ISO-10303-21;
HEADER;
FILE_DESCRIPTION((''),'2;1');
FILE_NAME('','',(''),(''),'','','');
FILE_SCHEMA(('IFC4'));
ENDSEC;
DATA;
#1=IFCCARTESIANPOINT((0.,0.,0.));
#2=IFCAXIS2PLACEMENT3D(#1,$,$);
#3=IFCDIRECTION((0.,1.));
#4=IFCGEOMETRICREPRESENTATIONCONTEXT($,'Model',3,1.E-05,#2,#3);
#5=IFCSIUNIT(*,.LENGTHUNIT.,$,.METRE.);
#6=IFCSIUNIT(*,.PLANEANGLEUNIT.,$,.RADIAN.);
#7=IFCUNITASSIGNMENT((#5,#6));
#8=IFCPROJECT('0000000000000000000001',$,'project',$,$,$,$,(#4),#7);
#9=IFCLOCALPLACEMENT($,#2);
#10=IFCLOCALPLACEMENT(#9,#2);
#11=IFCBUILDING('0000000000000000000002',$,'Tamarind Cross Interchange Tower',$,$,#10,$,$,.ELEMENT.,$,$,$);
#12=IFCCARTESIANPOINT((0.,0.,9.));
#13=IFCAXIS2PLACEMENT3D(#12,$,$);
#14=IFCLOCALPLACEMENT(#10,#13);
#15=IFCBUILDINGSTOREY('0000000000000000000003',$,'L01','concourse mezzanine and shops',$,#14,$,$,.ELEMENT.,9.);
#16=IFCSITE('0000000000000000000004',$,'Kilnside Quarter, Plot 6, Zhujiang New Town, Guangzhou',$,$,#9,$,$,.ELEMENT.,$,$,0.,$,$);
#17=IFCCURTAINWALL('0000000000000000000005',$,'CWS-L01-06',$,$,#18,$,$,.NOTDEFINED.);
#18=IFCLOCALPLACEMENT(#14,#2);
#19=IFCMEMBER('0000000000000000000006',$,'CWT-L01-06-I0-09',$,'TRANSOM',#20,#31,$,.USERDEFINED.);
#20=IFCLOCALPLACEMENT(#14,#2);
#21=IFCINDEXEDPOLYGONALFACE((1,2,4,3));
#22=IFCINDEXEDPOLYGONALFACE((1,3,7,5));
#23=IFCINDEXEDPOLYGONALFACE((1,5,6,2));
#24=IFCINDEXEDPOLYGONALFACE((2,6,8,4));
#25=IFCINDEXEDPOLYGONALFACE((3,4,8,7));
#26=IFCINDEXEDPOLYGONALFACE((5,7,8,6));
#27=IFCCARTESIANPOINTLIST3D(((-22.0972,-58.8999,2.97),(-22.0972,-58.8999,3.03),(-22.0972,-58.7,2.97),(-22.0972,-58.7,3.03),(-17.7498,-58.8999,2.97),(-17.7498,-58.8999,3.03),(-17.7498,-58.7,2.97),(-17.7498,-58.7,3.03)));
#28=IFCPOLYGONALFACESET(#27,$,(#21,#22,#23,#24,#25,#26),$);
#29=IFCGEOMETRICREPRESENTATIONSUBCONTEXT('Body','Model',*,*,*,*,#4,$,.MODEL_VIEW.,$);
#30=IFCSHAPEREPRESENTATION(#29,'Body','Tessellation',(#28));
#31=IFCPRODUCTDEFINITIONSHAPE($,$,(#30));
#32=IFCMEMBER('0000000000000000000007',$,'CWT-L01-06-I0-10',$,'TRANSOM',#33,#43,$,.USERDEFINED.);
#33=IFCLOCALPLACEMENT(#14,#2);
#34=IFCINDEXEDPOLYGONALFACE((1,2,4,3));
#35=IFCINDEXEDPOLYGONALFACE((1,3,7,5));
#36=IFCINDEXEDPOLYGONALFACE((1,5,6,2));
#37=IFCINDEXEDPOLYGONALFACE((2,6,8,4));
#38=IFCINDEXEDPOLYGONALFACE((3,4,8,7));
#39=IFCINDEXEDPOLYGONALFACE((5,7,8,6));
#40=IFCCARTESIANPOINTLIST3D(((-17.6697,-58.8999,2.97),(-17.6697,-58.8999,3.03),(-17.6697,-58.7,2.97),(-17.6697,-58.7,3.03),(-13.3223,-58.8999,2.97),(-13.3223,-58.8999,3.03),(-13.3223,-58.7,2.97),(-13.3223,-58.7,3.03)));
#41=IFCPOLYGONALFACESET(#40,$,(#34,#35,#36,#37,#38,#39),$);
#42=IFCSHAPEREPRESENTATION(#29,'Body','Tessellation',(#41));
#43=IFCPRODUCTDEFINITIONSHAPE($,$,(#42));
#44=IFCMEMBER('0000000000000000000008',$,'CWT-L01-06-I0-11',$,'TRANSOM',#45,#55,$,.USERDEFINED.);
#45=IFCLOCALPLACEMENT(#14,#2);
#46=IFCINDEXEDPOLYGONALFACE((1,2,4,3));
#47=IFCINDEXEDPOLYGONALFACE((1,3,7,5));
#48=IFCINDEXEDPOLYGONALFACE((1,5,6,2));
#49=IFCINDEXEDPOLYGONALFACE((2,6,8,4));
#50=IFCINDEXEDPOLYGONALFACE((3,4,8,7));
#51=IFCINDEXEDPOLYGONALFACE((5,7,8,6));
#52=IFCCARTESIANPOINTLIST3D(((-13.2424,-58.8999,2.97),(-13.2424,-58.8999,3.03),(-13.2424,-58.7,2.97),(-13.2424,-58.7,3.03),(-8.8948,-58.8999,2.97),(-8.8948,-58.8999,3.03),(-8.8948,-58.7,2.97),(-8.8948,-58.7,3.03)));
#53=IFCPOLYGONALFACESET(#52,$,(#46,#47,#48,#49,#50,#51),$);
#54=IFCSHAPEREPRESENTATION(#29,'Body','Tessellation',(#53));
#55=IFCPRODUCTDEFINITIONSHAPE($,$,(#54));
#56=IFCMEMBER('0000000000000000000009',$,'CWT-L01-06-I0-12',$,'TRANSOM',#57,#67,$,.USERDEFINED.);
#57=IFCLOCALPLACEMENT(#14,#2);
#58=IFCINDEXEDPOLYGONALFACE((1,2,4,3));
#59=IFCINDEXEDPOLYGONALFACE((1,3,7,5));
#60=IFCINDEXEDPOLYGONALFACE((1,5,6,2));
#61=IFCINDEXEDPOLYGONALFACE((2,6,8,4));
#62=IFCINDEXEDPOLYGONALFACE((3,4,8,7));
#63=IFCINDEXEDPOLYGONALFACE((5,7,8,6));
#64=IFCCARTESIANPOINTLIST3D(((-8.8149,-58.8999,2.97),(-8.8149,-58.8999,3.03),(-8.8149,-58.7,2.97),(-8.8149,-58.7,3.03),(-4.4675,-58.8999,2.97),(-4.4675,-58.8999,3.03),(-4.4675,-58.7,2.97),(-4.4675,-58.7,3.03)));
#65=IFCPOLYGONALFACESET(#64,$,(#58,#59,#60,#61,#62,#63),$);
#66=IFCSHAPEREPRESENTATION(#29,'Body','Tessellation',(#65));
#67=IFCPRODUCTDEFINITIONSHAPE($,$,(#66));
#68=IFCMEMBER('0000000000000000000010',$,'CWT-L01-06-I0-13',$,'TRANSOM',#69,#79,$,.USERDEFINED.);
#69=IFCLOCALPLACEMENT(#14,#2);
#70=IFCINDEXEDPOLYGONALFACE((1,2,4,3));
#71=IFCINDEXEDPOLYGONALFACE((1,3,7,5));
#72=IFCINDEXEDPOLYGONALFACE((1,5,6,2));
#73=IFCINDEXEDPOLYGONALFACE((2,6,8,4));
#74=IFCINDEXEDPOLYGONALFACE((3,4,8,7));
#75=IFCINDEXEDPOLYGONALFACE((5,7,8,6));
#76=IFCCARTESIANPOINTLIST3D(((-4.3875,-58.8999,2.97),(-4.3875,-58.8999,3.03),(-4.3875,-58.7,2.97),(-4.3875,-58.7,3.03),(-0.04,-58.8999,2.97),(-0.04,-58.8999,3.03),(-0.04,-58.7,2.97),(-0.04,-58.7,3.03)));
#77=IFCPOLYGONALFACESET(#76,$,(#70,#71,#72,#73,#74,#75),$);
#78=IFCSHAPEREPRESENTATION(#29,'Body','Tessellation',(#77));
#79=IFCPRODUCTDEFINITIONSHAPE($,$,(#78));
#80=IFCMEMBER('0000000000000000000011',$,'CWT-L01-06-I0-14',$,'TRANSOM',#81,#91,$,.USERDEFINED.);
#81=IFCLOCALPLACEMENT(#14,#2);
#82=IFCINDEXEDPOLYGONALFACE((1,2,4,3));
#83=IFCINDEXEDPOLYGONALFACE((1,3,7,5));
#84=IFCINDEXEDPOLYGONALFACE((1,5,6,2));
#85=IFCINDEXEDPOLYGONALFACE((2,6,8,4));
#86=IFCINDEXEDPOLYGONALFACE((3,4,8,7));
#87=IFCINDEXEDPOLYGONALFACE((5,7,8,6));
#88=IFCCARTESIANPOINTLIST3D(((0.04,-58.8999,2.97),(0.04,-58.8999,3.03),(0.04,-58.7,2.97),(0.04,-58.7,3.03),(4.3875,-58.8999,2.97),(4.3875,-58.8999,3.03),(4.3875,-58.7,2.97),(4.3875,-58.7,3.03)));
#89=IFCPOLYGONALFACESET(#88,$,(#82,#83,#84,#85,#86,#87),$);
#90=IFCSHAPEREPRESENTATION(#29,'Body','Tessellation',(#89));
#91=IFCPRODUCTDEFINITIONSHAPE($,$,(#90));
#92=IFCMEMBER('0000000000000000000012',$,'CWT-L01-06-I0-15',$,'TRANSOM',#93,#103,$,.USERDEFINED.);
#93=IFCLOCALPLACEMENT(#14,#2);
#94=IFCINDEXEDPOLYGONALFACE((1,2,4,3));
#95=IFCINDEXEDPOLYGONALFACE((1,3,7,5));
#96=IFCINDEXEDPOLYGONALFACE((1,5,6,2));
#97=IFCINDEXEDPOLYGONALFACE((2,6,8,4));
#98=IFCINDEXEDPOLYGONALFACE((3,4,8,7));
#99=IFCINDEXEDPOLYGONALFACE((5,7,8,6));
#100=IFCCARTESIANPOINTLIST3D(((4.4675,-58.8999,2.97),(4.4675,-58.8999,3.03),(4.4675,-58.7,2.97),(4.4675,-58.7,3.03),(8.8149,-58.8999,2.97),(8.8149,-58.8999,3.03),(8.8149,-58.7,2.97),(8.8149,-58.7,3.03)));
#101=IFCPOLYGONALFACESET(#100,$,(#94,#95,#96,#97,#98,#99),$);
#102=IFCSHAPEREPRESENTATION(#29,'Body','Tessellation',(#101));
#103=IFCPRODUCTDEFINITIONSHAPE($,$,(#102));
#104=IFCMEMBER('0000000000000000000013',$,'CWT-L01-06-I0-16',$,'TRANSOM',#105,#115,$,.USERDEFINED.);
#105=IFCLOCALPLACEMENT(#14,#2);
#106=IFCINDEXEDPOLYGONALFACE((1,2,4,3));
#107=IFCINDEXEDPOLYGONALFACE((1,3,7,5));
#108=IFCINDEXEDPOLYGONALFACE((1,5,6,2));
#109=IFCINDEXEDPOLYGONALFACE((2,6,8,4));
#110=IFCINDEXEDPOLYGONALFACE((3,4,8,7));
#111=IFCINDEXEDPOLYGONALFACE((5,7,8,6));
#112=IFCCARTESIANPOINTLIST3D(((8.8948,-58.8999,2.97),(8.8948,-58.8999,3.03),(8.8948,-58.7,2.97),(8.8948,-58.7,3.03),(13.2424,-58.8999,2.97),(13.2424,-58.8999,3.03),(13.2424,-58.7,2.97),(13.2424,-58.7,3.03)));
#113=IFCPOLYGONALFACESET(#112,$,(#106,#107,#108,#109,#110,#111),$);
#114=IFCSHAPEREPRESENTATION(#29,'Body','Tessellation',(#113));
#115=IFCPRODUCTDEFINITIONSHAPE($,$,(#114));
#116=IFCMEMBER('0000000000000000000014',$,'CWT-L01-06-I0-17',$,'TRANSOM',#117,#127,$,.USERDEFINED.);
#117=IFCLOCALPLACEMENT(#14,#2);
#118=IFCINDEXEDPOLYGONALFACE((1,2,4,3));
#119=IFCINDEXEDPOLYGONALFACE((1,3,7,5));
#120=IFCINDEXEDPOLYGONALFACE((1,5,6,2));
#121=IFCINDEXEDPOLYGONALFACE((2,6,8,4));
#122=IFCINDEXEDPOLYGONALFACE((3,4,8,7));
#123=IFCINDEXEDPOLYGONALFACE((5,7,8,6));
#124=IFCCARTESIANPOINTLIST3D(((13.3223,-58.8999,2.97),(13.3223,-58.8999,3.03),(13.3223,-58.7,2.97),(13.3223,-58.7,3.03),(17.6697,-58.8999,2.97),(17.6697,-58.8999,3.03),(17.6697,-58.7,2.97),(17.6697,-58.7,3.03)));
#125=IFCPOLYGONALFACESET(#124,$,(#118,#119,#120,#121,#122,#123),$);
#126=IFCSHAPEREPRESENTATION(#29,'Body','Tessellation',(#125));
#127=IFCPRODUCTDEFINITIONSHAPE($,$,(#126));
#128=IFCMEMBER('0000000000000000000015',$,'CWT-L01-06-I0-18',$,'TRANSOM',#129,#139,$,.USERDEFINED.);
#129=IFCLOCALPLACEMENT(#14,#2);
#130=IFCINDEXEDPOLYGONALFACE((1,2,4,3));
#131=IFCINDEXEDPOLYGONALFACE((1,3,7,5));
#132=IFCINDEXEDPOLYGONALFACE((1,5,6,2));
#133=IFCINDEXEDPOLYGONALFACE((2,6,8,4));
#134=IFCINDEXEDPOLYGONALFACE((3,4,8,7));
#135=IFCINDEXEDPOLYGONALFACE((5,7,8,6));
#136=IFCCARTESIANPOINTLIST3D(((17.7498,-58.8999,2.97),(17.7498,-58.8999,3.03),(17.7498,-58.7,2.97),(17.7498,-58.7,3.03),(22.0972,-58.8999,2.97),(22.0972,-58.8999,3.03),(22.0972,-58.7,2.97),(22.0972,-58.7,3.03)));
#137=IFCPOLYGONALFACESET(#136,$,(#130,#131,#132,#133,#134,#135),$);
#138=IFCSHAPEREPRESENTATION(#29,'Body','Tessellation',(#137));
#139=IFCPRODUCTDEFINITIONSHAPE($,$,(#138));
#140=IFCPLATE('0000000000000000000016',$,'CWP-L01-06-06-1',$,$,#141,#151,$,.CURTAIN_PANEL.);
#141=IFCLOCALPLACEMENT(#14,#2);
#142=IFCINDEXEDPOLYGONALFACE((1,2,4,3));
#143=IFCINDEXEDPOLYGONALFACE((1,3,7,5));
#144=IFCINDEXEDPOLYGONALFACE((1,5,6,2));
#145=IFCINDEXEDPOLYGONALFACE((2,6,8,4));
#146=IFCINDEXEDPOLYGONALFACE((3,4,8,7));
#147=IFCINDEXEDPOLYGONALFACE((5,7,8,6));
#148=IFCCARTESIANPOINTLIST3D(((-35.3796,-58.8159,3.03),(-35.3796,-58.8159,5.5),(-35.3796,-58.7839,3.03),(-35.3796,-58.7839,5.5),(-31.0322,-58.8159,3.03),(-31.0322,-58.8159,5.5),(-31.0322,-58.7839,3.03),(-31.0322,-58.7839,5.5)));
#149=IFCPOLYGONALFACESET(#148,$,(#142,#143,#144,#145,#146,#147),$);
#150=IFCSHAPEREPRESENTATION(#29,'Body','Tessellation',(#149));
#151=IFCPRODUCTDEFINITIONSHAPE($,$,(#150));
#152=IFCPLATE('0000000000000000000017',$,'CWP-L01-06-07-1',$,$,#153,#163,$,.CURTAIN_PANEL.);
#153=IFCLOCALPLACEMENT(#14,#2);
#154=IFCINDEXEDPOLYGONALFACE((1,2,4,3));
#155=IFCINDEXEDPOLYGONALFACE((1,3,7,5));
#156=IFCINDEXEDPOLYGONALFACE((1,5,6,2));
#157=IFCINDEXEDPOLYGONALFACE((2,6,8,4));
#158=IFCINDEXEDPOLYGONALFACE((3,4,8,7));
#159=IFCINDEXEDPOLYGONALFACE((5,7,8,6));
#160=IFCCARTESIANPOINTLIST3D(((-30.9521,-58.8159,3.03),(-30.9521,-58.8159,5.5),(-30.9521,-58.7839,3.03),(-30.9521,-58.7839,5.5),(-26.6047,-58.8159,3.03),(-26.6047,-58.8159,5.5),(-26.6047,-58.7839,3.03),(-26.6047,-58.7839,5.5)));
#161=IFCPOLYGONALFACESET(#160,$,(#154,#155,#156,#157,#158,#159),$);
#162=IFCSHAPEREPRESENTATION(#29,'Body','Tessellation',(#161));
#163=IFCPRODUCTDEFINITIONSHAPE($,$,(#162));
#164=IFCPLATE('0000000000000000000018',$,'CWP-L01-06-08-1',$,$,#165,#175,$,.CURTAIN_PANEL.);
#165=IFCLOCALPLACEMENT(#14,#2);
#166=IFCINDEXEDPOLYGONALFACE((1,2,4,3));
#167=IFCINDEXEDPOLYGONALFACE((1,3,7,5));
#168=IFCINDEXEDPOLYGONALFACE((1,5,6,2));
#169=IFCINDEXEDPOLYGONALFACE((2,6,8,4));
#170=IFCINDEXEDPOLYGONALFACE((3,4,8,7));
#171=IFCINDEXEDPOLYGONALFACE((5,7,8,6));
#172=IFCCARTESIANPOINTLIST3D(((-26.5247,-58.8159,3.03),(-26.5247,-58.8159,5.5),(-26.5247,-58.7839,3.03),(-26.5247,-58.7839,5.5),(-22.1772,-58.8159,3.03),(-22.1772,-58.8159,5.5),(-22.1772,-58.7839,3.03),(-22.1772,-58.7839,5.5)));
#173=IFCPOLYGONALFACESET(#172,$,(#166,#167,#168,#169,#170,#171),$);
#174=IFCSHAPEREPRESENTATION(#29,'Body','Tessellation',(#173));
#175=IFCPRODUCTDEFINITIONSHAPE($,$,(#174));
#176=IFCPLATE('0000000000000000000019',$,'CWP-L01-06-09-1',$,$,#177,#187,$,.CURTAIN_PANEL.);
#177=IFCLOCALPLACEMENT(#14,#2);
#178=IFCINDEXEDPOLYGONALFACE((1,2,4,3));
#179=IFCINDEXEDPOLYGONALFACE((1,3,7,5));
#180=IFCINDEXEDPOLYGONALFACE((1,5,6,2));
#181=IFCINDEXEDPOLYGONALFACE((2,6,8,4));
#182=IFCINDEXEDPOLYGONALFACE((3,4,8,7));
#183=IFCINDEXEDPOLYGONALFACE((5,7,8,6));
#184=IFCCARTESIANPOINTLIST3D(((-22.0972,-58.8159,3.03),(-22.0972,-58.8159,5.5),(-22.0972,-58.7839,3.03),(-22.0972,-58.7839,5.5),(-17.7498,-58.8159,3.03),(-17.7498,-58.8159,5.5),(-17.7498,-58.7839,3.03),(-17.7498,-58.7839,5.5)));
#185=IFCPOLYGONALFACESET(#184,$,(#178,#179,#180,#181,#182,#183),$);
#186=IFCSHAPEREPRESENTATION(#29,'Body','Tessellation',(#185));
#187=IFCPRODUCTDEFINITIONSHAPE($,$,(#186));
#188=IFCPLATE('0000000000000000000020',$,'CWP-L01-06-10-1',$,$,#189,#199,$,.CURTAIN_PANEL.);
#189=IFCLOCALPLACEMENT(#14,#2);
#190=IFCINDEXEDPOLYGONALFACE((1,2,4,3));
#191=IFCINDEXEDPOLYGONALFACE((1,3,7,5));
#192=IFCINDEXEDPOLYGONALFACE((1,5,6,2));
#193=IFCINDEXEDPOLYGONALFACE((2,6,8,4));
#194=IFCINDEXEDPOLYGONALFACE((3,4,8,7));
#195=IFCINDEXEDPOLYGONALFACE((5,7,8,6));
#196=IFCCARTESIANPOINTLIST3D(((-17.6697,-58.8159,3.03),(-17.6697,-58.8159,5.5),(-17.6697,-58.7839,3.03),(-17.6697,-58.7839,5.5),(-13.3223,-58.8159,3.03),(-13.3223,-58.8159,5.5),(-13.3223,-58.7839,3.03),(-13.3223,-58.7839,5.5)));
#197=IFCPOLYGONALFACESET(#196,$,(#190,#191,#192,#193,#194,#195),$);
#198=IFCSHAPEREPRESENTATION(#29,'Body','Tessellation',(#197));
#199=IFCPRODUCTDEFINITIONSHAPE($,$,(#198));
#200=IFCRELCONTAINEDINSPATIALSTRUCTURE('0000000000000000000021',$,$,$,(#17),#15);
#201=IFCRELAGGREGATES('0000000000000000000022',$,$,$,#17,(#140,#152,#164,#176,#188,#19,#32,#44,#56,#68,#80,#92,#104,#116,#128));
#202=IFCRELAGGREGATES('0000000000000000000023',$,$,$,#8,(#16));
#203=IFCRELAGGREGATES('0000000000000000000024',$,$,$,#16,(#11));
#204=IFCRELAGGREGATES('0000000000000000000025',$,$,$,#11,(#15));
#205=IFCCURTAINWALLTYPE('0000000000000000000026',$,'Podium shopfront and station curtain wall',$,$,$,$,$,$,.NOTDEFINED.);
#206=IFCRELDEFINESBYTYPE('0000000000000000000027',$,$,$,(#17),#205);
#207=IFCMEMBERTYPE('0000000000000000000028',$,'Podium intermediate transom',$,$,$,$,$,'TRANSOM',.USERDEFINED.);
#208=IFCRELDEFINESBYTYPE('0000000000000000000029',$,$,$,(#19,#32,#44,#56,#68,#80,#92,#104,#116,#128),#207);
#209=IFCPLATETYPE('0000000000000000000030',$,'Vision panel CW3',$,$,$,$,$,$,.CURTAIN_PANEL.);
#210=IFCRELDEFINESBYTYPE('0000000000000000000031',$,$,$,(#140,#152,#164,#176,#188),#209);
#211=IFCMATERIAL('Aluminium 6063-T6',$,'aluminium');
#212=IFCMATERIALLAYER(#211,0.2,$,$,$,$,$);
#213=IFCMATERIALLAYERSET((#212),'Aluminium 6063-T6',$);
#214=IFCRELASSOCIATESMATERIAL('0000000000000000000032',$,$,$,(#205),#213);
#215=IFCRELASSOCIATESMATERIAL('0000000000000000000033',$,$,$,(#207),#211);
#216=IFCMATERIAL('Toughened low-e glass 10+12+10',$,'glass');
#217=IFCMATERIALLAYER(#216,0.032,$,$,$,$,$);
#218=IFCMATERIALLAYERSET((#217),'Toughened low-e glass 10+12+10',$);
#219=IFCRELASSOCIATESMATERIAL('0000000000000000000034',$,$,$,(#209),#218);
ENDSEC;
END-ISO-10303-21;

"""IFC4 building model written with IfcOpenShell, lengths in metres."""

from ifc_helpers import new_model, si_unit, direction, frame, origin, place, context, subcontext, project, spatial, polyline, outline, extrude, material, layer, layer_set, type_object, element, aggregate, save


model = new_model("IFC4")

# Units and contexts
model_context = context("Model", 3, precision=1e-05, world=origin(), true_north=direction((0.0, 1.0)))
body_context = subcontext(model_context, "Body", "Model", "MODEL_VIEW")
ifc_project = project(units=[si_unit("LENGTHUNIT", "METRE"), si_unit("PLANEANGLEUNIT", "RADIAN")], contexts=[model_context])

# Site, building, storey
site_placement = place(None, origin())
site = spatial("IfcSite", under=ifc_project, at=site_placement, Name="Kilnside Quarter, Plot 6, Zhujiang New Town, Guangzhou", CompositionType="ELEMENT", RefElevation=0.0)
building_placement = place(site_placement, origin())
building = spatial("IfcBuilding", under=site, at=building_placement, Name="Tamarind Cross Interchange Tower", CompositionType="ELEMENT")
storey_placement = place(building_placement, frame((0.0, 0.0, 9.0)))
storey = spatial("IfcBuildingStorey", under=building, at=storey_placement, Name="L01", Description="concourse mezzanine and shops", CompositionType="ELEMENT", Elevation=9.0)

# Curtain wall, members, plates
ifc_material_1 = material(Name="Aluminium 6063-T6", Category="aluminium")
ifc_layer_1 = layer(ifc_material_1, 0.2)
ifc_layer_set_1 = layer_set([ifc_layer_1], Name="Aluminium 6063-T6")
curtain_wall_type = type_object("IfcCurtainWallType", Name="Podium shopfront and station curtain wall", PredefinedType="NOTDEFINED", material=ifc_layer_set_1)
curtain_wall_placement = place(storey_placement, origin())
curtain_wall = element("IfcCurtainWall", 1, at=curtain_wall_placement, inside=storey, type_object=curtain_wall_type, Name="CWS-L01-06", PredefinedType="NOTDEFINED")
member_type = type_object("IfcMemberType", Name="Podium intermediate transom", ElementType="TRANSOM", PredefinedType="USERDEFINED", material=ifc_material_1)
member_1_placement = place(storey_placement, frame((0.0, 0.0, 2.97)))
member_1 = element("IfcMember", 2, at=member_1_placement, type_object=member_type, Name="CWT-L01-06-I0-09", ObjectType="TRANSOM", PredefinedType="USERDEFINED", context=body_context, shape_type="SweptSolid", body=[
    extrude(outline(polyline([(-22.0972, -58.7), (-17.7498, -58.7), (-17.7498, -58.8999), (-22.0972, -58.8999), (-22.0972, -58.7)])), origin(), (0.0, 0.0, 1.0), 0.0601),
])
member_2_placement = place(storey_placement, frame((0.0, 0.0, 2.97)))
member_2 = element("IfcMember", 3, at=member_2_placement, type_object=member_type, Name="CWT-L01-06-I0-10", ObjectType="TRANSOM", PredefinedType="USERDEFINED", context=body_context, shape_type="SweptSolid", body=[
    extrude(outline(polyline([(-17.6697, -58.7), (-13.3223, -58.7), (-13.3223, -58.8999), (-17.6697, -58.8999), (-17.6697, -58.7)])), origin(), (0.0, 0.0, 1.0), 0.0601),
])
member_3_placement = place(storey_placement, frame((0.0, 0.0, 2.97)))
member_3 = element("IfcMember", 4, at=member_3_placement, type_object=member_type, Name="CWT-L01-06-I0-11", ObjectType="TRANSOM", PredefinedType="USERDEFINED", context=body_context, shape_type="SweptSolid", body=[
    extrude(outline(polyline([(-13.2424, -58.7), (-8.8948, -58.7), (-8.8948, -58.8999), (-13.2424, -58.8999), (-13.2424, -58.7)])), origin(), (0.0, 0.0, 1.0), 0.0601),
])
member_4_placement = place(storey_placement, frame((0.0, 0.0, 2.97)))
member_4 = element("IfcMember", 5, at=member_4_placement, type_object=member_type, Name="CWT-L01-06-I0-12", ObjectType="TRANSOM", PredefinedType="USERDEFINED", context=body_context, shape_type="SweptSolid", body=[
    extrude(outline(polyline([(-8.8149, -58.7), (-4.4675, -58.7), (-4.4675, -58.8999), (-8.8149, -58.8999), (-8.8149, -58.7)])), origin(), (0.0, 0.0, 1.0), 0.0601),
])
member_5_placement = place(storey_placement, frame((0.0, 0.0, 2.97)))
member_5 = element("IfcMember", 6, at=member_5_placement, type_object=member_type, Name="CWT-L01-06-I0-13", ObjectType="TRANSOM", PredefinedType="USERDEFINED", context=body_context, shape_type="SweptSolid", body=[
    extrude(outline(polyline([(-4.3875, -58.7), (-0.04, -58.7), (-0.04, -58.8999), (-4.3875, -58.8999), (-4.3875, -58.7)])), origin(), (0.0, 0.0, 1.0), 0.0601),
])
member_6_placement = place(storey_placement, frame((0.0, 0.0, 2.97)))
member_6 = element("IfcMember", 7, at=member_6_placement, type_object=member_type, Name="CWT-L01-06-I0-14", ObjectType="TRANSOM", PredefinedType="USERDEFINED", context=body_context, shape_type="SweptSolid", body=[
    extrude(outline(polyline([(0.04, -58.7), (4.3875, -58.7), (4.3875, -58.8999), (0.04, -58.8999), (0.04, -58.7)])), origin(), (0.0, 0.0, 1.0), 0.0601),
])
member_7_placement = place(storey_placement, frame((0.0, 0.0, 2.97)))
member_7 = element("IfcMember", 8, at=member_7_placement, type_object=member_type, Name="CWT-L01-06-I0-15", ObjectType="TRANSOM", PredefinedType="USERDEFINED", context=body_context, shape_type="SweptSolid", body=[
    extrude(outline(polyline([(4.4675, -58.7), (8.8149, -58.7), (8.8149, -58.8999), (4.4675, -58.8999), (4.4675, -58.7)])), origin(), (0.0, 0.0, 1.0), 0.0601),
])
member_8_placement = place(storey_placement, frame((0.0, 0.0, 2.97)))
member_8 = element("IfcMember", 9, at=member_8_placement, type_object=member_type, Name="CWT-L01-06-I0-16", ObjectType="TRANSOM", PredefinedType="USERDEFINED", context=body_context, shape_type="SweptSolid", body=[
    extrude(outline(polyline([(8.8948, -58.7), (13.2424, -58.7), (13.2424, -58.8999), (8.8948, -58.8999), (8.8948, -58.7)])), origin(), (0.0, 0.0, 1.0), 0.0601),
])
member_9_placement = place(storey_placement, frame((0.0, 0.0, 2.97)))
member_9 = element("IfcMember", 10, at=member_9_placement, type_object=member_type, Name="CWT-L01-06-I0-17", ObjectType="TRANSOM", PredefinedType="USERDEFINED", context=body_context, shape_type="SweptSolid", body=[
    extrude(outline(polyline([(13.3223, -58.7), (17.6697, -58.7), (17.6697, -58.8999), (13.3223, -58.8999), (13.3223, -58.7)])), origin(), (0.0, 0.0, 1.0), 0.0601),
])
member_10_placement = place(storey_placement, frame((0.0, 0.0, 2.97)))
member_10 = element("IfcMember", 11, at=member_10_placement, type_object=member_type, Name="CWT-L01-06-I0-18", ObjectType="TRANSOM", PredefinedType="USERDEFINED", context=body_context, shape_type="SweptSolid", body=[
    extrude(outline(polyline([(17.7498, -58.7), (22.0972, -58.7), (22.0972, -58.8999), (17.7498, -58.8999), (17.7498, -58.7)])), origin(), (0.0, 0.0, 1.0), 0.0601),
])
ifc_material_2 = material(Name="Toughened low-e glass 10+12+10", Category="glass")
ifc_layer_2 = layer(ifc_material_2, 0.032)
ifc_layer_set_2 = layer_set([ifc_layer_2], Name="Toughened low-e glass 10+12+10")
plate_type = type_object("IfcPlateType", Name="Vision panel CW3", PredefinedType="CURTAIN_PANEL", material=ifc_layer_set_2)
plate_1_placement = place(storey_placement, frame((0.0, 0.0, 3.03)))
plate_1 = element("IfcPlate", 12, at=plate_1_placement, type_object=plate_type, Name="CWP-L01-06-06-1", PredefinedType="CURTAIN_PANEL", context=body_context, shape_type="SweptSolid", body=[
    extrude(outline(polyline([(-35.3796, -58.7839), (-31.0322, -58.7839), (-31.0322, -58.8159), (-35.3796, -58.8159), (-35.3796, -58.7839)])), origin(), (0.0, 0.0, 1.0), 2.47),
])
plate_2_placement = place(storey_placement, frame((0.0, 0.0, 3.03)))
plate_2 = element("IfcPlate", 13, at=plate_2_placement, type_object=plate_type, Name="CWP-L01-06-07-1", PredefinedType="CURTAIN_PANEL", context=body_context, shape_type="SweptSolid", body=[
    extrude(outline(polyline([(-30.9521, -58.7839), (-26.6047, -58.7839), (-26.6047, -58.8159), (-30.9521, -58.8159), (-30.9521, -58.7839)])), origin(), (0.0, 0.0, 1.0), 2.47),
])
plate_3_placement = place(storey_placement, frame((0.0, 0.0, 3.03)))
plate_3 = element("IfcPlate", 14, at=plate_3_placement, type_object=plate_type, Name="CWP-L01-06-08-1", PredefinedType="CURTAIN_PANEL", context=body_context, shape_type="SweptSolid", body=[
    extrude(outline(polyline([(-26.5247, -58.7839), (-22.1772, -58.7839), (-22.1772, -58.8159), (-26.5247, -58.8159), (-26.5247, -58.7839)])), origin(), (0.0, 0.0, 1.0), 2.47),
])
plate_4_placement = place(storey_placement, frame((0.0, 0.0, 3.03)))
plate_4 = element("IfcPlate", 15, at=plate_4_placement, type_object=plate_type, Name="CWP-L01-06-09-1", PredefinedType="CURTAIN_PANEL", context=body_context, shape_type="SweptSolid", body=[
    extrude(outline(polyline([(-22.0972, -58.7839), (-17.7498, -58.7839), (-17.7498, -58.8159), (-22.0972, -58.8159), (-22.0972, -58.7839)])), origin(), (0.0, 0.0, 1.0), 2.47),
])
plate_5_placement = place(storey_placement, frame((0.0, 0.0, 3.03)))
plate_5 = element("IfcPlate", 16, at=plate_5_placement, type_object=plate_type, Name="CWP-L01-06-10-1", PredefinedType="CURTAIN_PANEL", context=body_context, shape_type="SweptSolid", body=[
    extrude(outline(polyline([(-17.6697, -58.7839), (-13.3223, -58.7839), (-13.3223, -58.8159), (-17.6697, -58.8159), (-17.6697, -58.7839)])), origin(), (0.0, 0.0, 1.0), 2.47),
])
aggregate(curtain_wall, [plate_1, plate_2, plate_3, plate_4, plate_5, member_1, member_2, member_3, member_4, member_5, member_6, member_7, member_8, member_9, member_10])

save(model, "model.ifc")
